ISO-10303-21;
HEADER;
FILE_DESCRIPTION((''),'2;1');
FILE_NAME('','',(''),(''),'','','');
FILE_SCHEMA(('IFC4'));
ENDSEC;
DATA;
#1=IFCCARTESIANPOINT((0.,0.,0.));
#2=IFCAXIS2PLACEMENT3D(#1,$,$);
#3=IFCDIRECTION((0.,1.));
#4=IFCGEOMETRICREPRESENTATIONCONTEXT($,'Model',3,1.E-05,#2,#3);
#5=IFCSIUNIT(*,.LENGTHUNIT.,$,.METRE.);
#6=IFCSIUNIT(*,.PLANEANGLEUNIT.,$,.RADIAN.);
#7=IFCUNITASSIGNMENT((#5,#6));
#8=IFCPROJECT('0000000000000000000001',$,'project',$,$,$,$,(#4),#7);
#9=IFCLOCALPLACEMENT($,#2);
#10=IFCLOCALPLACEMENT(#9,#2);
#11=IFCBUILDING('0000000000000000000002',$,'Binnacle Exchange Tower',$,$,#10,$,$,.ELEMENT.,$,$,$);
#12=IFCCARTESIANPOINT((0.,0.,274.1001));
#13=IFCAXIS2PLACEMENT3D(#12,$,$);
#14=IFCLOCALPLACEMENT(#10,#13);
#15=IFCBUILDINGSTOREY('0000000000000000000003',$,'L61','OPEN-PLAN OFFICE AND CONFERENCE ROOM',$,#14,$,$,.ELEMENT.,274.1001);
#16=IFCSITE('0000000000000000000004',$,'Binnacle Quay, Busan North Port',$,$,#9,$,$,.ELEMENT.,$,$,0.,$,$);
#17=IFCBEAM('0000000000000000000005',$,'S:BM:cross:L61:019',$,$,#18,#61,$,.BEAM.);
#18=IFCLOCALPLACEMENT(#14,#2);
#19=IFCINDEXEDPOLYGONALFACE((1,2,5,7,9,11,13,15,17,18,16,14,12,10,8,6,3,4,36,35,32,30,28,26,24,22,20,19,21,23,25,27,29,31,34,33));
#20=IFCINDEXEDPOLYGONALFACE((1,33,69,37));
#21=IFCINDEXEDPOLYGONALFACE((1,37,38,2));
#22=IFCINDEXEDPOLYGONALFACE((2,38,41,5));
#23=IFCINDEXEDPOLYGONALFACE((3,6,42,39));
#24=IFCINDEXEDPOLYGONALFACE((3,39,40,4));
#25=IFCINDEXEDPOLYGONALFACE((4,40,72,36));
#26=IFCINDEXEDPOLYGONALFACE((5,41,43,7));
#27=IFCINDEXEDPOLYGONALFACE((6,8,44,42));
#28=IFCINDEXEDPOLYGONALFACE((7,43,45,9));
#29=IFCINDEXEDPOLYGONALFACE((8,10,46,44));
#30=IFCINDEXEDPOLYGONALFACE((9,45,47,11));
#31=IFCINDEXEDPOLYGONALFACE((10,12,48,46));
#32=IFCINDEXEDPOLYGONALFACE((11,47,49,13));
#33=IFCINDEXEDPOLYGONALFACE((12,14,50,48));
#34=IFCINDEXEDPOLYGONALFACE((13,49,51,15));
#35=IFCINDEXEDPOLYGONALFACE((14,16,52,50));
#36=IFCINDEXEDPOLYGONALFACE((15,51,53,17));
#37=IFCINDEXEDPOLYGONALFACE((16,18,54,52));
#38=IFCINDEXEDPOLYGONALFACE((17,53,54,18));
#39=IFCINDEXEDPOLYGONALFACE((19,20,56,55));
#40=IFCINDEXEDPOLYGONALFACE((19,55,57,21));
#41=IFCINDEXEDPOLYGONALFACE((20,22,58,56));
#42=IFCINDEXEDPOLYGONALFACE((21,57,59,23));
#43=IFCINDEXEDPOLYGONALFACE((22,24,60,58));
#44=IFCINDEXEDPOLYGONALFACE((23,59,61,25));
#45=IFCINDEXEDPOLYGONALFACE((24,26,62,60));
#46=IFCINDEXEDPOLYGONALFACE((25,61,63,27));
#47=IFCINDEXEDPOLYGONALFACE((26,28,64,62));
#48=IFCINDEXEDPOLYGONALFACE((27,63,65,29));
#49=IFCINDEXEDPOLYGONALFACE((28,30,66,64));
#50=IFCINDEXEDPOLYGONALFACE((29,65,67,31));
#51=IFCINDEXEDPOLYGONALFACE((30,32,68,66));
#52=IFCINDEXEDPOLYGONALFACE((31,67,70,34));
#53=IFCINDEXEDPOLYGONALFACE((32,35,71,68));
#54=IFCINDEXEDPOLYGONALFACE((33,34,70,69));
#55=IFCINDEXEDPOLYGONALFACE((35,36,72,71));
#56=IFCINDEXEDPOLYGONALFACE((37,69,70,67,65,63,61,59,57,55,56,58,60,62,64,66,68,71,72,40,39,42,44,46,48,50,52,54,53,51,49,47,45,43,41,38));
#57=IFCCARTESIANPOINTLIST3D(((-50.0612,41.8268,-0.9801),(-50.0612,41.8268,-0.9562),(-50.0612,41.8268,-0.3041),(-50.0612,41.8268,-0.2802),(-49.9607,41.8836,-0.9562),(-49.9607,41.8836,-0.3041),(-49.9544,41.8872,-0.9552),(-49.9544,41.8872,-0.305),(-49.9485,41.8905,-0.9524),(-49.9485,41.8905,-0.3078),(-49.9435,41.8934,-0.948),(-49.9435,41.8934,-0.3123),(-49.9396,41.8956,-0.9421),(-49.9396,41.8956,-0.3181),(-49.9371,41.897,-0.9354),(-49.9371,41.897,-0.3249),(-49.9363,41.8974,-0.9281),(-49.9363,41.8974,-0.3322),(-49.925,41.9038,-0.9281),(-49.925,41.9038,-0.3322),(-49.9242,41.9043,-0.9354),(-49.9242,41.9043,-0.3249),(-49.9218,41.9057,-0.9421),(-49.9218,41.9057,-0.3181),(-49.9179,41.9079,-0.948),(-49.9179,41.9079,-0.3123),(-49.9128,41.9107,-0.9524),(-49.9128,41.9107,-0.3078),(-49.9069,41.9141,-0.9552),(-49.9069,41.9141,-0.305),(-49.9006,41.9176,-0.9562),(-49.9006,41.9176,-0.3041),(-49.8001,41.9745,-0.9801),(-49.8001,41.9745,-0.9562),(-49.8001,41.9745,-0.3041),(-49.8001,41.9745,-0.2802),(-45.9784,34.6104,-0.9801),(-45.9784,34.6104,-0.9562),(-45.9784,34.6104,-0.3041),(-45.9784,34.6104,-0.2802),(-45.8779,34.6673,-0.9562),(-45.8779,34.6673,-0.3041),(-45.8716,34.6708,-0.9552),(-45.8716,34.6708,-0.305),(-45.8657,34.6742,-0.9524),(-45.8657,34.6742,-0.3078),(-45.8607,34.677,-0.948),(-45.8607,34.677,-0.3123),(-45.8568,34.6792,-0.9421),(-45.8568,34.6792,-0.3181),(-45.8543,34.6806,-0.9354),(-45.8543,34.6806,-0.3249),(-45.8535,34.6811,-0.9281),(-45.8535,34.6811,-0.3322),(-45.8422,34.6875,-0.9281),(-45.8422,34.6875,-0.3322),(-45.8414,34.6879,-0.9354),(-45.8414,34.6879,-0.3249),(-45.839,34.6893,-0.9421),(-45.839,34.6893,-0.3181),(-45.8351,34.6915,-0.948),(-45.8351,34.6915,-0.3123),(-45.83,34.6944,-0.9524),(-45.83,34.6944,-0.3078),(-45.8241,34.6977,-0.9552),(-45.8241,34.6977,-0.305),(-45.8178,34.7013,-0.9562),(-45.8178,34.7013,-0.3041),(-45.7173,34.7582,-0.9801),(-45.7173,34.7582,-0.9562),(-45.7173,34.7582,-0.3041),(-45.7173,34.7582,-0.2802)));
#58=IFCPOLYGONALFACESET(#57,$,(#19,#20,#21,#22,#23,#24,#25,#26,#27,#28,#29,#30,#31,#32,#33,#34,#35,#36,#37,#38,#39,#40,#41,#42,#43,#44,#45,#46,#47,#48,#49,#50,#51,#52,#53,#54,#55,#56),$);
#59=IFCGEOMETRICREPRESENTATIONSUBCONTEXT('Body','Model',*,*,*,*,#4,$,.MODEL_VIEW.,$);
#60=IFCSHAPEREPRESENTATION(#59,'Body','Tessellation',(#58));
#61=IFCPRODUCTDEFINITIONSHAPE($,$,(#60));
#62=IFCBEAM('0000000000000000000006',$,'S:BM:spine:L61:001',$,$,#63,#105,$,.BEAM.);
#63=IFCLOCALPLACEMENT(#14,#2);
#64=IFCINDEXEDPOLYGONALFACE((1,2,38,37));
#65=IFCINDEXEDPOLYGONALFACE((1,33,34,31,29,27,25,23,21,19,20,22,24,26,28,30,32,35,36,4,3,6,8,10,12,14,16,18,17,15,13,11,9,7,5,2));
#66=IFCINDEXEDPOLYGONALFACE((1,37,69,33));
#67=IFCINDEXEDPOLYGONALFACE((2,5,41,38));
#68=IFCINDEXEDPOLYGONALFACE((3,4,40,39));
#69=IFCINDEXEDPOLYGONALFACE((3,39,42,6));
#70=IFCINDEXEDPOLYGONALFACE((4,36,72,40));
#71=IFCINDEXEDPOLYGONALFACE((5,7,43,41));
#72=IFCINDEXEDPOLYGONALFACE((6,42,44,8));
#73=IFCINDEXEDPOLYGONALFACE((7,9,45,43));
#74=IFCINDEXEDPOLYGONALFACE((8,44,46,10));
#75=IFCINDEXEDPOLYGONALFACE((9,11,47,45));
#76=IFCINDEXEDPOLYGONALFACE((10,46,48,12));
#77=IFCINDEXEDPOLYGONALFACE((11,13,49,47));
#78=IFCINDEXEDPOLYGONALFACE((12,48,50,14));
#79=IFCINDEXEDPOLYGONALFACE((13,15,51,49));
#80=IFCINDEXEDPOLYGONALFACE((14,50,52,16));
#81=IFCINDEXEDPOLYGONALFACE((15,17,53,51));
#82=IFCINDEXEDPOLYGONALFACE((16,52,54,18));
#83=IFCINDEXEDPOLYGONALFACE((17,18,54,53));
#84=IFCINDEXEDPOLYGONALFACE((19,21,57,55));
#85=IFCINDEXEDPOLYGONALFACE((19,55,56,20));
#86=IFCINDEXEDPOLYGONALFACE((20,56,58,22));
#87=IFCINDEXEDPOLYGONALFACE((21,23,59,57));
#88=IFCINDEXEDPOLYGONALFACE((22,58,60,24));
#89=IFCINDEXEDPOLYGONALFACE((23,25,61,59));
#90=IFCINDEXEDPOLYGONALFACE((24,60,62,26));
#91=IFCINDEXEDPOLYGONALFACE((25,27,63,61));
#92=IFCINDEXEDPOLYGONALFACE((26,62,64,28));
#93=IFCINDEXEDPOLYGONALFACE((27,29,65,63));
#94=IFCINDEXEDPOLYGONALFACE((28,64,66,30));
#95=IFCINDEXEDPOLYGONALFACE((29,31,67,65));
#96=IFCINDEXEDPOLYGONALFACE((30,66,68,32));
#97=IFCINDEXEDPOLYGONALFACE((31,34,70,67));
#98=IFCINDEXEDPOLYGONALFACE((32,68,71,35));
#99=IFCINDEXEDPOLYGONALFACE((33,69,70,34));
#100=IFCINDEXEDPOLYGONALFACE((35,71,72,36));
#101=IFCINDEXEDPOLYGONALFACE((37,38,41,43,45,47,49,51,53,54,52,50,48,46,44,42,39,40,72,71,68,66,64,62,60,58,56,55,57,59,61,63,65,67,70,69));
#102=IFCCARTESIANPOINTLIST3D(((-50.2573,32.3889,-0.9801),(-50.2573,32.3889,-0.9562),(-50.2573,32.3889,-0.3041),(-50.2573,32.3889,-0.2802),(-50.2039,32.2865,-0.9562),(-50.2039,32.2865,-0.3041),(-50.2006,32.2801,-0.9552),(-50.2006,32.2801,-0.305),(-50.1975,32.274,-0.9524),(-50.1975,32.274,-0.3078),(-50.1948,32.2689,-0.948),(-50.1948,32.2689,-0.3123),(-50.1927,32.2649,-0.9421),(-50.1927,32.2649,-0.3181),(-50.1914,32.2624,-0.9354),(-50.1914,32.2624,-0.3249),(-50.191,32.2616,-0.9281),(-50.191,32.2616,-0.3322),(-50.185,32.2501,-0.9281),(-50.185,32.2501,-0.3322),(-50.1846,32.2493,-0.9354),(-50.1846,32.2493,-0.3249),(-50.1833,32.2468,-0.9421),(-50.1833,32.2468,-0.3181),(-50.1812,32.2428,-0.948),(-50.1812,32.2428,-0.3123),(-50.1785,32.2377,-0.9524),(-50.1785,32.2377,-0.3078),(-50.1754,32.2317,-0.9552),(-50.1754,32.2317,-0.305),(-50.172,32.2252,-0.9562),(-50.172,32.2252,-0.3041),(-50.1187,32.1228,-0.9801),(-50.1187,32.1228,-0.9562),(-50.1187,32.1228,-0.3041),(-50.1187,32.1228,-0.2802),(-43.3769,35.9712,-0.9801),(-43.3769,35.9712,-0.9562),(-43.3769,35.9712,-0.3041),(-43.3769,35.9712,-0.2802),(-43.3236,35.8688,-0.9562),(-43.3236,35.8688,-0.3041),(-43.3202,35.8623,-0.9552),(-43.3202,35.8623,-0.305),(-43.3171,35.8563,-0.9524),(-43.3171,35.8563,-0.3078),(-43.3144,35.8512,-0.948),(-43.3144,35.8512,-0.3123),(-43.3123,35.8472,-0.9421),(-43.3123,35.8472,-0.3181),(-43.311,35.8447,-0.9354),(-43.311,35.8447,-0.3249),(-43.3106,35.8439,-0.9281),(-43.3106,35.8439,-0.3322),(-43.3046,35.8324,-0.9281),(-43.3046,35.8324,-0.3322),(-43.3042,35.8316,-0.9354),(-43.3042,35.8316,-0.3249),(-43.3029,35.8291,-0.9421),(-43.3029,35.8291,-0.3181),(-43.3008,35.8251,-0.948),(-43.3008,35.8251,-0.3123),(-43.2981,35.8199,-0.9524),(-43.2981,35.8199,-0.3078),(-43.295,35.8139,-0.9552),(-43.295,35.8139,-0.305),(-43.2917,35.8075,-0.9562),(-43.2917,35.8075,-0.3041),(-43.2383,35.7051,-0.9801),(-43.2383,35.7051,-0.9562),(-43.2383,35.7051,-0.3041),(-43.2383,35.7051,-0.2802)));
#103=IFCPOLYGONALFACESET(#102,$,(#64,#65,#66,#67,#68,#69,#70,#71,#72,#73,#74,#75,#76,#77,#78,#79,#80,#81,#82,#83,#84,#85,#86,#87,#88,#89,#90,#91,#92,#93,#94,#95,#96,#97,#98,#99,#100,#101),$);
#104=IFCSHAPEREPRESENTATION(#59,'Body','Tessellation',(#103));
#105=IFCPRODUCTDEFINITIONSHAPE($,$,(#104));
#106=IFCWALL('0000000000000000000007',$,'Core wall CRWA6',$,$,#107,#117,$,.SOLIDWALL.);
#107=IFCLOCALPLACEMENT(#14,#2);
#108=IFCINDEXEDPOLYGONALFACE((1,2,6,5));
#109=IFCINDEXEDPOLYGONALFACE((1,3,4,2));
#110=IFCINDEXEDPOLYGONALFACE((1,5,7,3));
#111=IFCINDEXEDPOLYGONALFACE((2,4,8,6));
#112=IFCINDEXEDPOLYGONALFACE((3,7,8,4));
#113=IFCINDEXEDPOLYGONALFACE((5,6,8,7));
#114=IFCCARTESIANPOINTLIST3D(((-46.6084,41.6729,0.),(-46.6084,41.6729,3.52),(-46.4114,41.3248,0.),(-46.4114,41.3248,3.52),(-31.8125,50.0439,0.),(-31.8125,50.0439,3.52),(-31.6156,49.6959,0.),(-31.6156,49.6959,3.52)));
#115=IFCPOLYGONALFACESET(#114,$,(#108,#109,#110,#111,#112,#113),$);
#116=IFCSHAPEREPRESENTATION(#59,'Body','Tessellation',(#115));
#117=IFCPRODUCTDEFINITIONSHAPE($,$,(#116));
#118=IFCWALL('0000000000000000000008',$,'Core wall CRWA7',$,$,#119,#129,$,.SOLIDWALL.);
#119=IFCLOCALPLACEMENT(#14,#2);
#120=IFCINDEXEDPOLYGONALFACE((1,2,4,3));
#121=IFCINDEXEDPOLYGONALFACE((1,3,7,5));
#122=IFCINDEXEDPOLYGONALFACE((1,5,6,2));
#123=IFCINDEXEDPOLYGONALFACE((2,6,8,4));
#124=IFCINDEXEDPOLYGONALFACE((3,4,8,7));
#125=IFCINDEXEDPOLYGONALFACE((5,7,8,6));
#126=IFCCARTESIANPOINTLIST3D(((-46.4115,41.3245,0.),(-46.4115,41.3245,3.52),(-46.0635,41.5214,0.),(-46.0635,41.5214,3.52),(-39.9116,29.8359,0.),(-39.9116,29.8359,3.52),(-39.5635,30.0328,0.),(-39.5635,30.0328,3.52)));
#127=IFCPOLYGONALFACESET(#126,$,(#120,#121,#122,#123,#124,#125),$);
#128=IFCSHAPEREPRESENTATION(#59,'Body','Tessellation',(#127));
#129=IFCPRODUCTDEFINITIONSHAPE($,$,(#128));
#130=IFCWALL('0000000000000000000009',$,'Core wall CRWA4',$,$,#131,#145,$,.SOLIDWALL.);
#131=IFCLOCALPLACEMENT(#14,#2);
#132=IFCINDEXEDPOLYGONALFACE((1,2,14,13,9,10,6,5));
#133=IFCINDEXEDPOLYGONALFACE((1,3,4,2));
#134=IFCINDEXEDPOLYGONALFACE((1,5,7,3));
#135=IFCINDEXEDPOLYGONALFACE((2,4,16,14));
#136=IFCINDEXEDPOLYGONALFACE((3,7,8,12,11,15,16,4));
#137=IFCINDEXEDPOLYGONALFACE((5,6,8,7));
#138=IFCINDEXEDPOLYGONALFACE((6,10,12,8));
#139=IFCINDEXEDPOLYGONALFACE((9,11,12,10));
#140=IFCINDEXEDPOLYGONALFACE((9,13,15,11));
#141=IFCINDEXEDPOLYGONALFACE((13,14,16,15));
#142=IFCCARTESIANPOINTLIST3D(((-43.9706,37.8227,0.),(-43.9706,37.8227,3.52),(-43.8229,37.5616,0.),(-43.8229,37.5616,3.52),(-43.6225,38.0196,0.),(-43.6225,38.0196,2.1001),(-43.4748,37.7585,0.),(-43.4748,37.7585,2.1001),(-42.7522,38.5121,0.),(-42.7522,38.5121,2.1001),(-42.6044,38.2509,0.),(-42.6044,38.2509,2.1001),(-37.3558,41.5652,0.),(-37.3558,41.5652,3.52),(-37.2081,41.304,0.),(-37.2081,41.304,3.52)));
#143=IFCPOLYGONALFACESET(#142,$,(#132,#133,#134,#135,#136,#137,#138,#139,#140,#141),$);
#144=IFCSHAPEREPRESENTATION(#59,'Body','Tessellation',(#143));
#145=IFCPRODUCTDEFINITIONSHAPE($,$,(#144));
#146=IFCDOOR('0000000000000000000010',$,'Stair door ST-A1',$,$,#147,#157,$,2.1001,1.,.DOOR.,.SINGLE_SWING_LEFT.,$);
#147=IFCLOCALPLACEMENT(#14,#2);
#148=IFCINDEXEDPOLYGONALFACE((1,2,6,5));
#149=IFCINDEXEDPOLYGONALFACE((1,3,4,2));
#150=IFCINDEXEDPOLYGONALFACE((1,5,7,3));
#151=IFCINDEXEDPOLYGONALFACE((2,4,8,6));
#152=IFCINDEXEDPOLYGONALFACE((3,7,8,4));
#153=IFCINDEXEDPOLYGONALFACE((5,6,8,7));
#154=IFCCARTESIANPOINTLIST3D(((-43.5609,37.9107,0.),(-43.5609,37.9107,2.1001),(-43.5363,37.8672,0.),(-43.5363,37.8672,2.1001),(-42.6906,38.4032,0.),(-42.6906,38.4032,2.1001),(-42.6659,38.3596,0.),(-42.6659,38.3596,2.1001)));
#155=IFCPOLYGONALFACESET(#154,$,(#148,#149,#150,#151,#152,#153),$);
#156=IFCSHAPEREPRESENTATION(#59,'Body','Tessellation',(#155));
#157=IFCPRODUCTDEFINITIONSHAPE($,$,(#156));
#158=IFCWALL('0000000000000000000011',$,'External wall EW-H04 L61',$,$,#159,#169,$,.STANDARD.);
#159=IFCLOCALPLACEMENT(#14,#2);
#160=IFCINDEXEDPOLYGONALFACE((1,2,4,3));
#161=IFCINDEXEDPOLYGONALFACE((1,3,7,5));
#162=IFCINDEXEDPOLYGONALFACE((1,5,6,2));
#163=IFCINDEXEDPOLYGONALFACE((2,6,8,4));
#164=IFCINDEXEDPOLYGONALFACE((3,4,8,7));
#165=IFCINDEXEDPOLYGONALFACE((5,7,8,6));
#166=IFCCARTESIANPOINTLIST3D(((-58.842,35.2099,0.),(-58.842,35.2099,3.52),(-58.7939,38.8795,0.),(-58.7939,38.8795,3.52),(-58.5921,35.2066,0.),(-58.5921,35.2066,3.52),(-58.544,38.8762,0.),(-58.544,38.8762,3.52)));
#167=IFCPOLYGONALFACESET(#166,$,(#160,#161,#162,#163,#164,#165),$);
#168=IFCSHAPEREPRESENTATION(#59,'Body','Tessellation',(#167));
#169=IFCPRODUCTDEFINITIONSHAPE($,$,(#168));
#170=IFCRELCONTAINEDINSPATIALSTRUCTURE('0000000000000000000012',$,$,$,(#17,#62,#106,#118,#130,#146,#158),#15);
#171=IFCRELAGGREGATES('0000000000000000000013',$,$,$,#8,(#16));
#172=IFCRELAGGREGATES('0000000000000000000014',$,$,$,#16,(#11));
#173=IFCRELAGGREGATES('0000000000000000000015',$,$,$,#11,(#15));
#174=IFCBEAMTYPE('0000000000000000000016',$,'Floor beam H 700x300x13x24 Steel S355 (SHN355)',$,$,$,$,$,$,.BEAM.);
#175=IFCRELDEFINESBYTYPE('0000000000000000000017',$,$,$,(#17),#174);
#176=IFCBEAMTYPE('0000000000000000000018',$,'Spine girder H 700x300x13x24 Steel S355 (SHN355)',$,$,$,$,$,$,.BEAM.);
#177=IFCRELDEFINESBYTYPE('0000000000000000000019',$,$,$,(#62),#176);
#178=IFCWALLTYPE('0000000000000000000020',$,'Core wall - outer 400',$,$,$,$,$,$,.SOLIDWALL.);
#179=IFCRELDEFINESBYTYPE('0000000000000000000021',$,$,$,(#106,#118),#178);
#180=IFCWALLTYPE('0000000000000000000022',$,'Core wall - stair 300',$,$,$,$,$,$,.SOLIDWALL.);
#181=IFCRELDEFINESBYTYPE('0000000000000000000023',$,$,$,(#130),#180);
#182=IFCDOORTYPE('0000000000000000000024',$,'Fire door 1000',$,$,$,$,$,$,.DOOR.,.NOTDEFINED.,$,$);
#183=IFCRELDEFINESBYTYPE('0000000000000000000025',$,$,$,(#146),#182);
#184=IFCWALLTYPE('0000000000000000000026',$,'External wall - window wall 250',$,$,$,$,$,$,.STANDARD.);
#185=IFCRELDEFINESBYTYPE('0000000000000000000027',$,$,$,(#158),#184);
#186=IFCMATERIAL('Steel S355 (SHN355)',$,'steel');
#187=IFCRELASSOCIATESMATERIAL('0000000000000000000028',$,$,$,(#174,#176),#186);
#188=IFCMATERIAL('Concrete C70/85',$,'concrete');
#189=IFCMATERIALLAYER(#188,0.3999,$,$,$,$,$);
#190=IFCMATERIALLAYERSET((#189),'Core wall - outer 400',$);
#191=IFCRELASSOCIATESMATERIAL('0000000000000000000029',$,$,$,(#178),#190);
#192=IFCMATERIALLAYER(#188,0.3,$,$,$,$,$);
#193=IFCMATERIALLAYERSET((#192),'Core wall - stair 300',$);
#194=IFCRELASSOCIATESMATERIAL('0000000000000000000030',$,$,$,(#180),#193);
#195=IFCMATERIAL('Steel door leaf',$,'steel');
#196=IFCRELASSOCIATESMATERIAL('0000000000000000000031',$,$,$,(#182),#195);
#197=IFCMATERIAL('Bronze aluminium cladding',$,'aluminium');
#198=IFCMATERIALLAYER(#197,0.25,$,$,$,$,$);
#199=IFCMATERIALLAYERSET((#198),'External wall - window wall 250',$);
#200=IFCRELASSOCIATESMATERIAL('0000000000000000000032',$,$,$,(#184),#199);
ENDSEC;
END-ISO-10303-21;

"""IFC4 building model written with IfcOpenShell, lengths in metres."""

from ifc_helpers import new_model, si_unit, direction, frame, frame_2d, origin, origin_2d, place, context, subcontext, project, spatial, rectangle, i_section, extrude, material, layer, layer_set, material_profile, profile_set, type_object, element, fill, save


model = new_model("IFC4")

# Units and contexts
model_context = context("Model", 3, precision=1e-05, world=origin(), true_north=direction((0.0, 1.0)))
body_context = subcontext(model_context, "Body", "Model", "MODEL_VIEW")
ifc_project = project(units=[si_unit("LENGTHUNIT", "METRE"), si_unit("PLANEANGLEUNIT", "RADIAN")], contexts=[model_context])

# Site, building, storey
site_placement = place(None, origin())
site = spatial("IfcSite", under=ifc_project, at=site_placement, Name="Binnacle Quay, Busan North Port", CompositionType="ELEMENT", RefElevation=0.0)
building_placement = place(site_placement, origin())
building = spatial("IfcBuilding", under=site, at=building_placement, Name="Binnacle Exchange Tower", CompositionType="ELEMENT")
storey_placement = place(building_placement, frame((0.0, 0.0, 274.1001)))
storey = spatial("IfcBuildingStorey", under=building, at=storey_placement, Name="L61", Description="OPEN-PLAN OFFICE AND CONFERENCE ROOM", CompositionType="ELEMENT", Elevation=274.1001)

# Beams
ifc_material_1 = material(Name="Steel S355 (SHN355)", Category="steel")
ifc_material_profile_1 = material_profile(ifc_material_1, i_section(OverallWidth=0.3, OverallDepth=0.7, WebThickness=0.0129, FlangeThickness=0.0239, FilletRadius=0.0281, at=origin_2d()), Name="H 700x300x13x24")
ifc_profile_set_1 = profile_set([ifc_material_profile_1], Name="Steel S355 (SHN355)")
beam_type_1 = type_object("IfcBeamType", Name="Floor beam H 700x300x13x24 Steel S355 (SHN355)", PredefinedType="BEAM", material=ifc_profile_set_1)
beam_1_placement = place(storey_placement, frame((-49.9307, 41.9006, -0.6301), z_axis=(0.492421, -0.870357, 0.0), x_axis=(0.870357, 0.492421, 0.0)))
element("IfcBeam", 1, at=beam_1_placement, inside=storey, type_object=beam_type_1, Name="S:BM:cross:L61:019", PredefinedType="BEAM", context=body_context, shape_type="SweptSolid", body=[
    extrude(i_section(OverallWidth=0.3, OverallDepth=0.7, WebThickness=0.0129, FlangeThickness=0.0239, FilletRadius=0.0281, at=origin_2d()), origin(), (0.0, 0.0, 1.0), 8.2913),
])
ifc_material_profile_2 = material_profile(ifc_material_1, i_section(OverallWidth=0.3, OverallDepth=0.7, WebThickness=0.0129, FlangeThickness=0.0239, FilletRadius=0.0281, at=origin_2d()), Name="H 700x300x13x24")
ifc_profile_set_2 = profile_set([ifc_material_profile_2], Name="Steel S355 (SHN355)")
beam_type_2 = type_object("IfcBeamType", Name="Spine girder H 700x300x13x24 Steel S355 (SHN355)", PredefinedType="BEAM", material=ifc_profile_set_2)
beam_2_placement = place(storey_placement, frame((-50.188, 32.2559, -0.6301), z_axis=(0.88698, 0.461808, 0.0), x_axis=(-0.461808, 0.88698, 0.0)))
element("IfcBeam", 2, at=beam_2_placement, inside=storey, type_object=beam_type_2, Name="S:BM:spine:L61:001", PredefinedType="BEAM", context=body_context, shape_type="SweptSolid", body=[
    extrude(i_section(OverallWidth=0.3, OverallDepth=0.7, WebThickness=0.0129, FlangeThickness=0.0239, FilletRadius=0.0281, at=origin_2d()), origin(), (0.0, 0.0, 1.0), 7.7571),
])

# Walls
ifc_material_2 = material(Name="Concrete C70/85", Category="concrete")
ifc_layer_1 = layer(ifc_material_2, 0.3999)
ifc_layer_set_1 = layer_set([ifc_layer_1], Name="Core wall - outer 400")
wall_type_1 = type_object("IfcWallType", Name="Core wall - outer 400", PredefinedType="SOLIDWALL", material=ifc_layer_set_1)
wall_1_placement = place(storey_placement, frame((-46.51, 41.4988, 0.0), z_axis=(0.0, 0.0, 1.0), x_axis=(0.870356, 0.492423, 0.0)))
element("IfcWall", 3, at=wall_1_placement, inside=storey, type_object=wall_type_1, Name="Core wall CRWA6", PredefinedType="SOLIDWALL", context=body_context, shape_type="SweptSolid", body=[
    extrude(rectangle(XDim=16.9998, YDim=0.3999, at=frame_2d((8.5, 0.0))), origin(), (0.0, 0.0, 1.0), 3.52),
])
wall_2_placement = place(storey_placement, frame((-46.2375, 41.4231, 0.0), z_axis=(0.0, 0.0, 1.0), x_axis=(0.492422, -0.870357, 0.0)))
element("IfcWall", 4, at=wall_2_placement, inside=storey, type_object=wall_type_1, Name="Core wall CRWA7", PredefinedType="SOLIDWALL", context=body_context, shape_type="SweptSolid", body=[
    extrude(rectangle(XDim=13.2, YDim=0.3999, at=frame_2d((6.6001, 0.0))), origin(), (0.0, 0.0, 1.0), 3.52),
])

# Wall, opening, door
ifc_layer_2 = layer(ifc_material_2, 0.3)
ifc_layer_set_2 = layer_set([ifc_layer_2], Name="Core wall - stair 300")
wall_type_2 = type_object("IfcWallType", Name="Core wall - stair 300", PredefinedType="SOLIDWALL", material=ifc_layer_set_2)
wall_3_placement = place(storey_placement, frame((-43.8967, 37.6921, 0.0), z_axis=(0.0, 0.0, 1.0), x_axis=(0.870356, 0.492422, 0.0)))
wall_3 = element("IfcWall", 5, at=wall_3_placement, inside=storey, type_object=wall_type_2, Name="Core wall CRWA4", PredefinedType="SOLIDWALL", context=body_context, shape_type="SweptSolid", body=[
    extrude(rectangle(XDim=7.6001, YDim=0.3, at=frame_2d((3.8, 0.0))), origin(), (0.0, 0.0, 1.0), 3.52),
])
opening_1_placement = place(wall_3_placement, frame((0.3999, 0.0, 0.0)))
opening_1 = element("IfcOpeningElement", 6, at=opening_1_placement, cuts=wall_3, PredefinedType="OPENING", context=body_context, shape_type="SweptSolid", body=[
    extrude(rectangle(XDim=1.0, YDim=2.1001, at=frame_2d((0.5, 1.05))), frame((0.0, 0.1599, 0.0), z_axis=(0.0, -1.0, 0.0), x_axis=(1.0, 0.0, 0.0)), (0.0, 0.0, 1.0), 0.3201),
])
ifc_material_3 = material(Name="Steel door leaf", Category="steel")
door_type_1 = type_object("IfcDoorType", Name="Fire door 1000", OperationType="NOTDEFINED", PredefinedType="DOOR", material=ifc_material_3)
door_1_placement = place(opening_1_placement, origin())
door_1 = element("IfcDoor", 7, at=door_1_placement, inside=storey, type_object=door_type_1, Name="Stair door ST-A1", OperationType="SINGLE_SWING_LEFT", OverallHeight=2.1001, OverallWidth=1.0, PredefinedType="DOOR", context=body_context, shape_type="SweptSolid", body=[
    extrude(rectangle(XDim=1.0, YDim=2.1001, at=frame_2d((0.5, 1.05))), frame((0.0, 0.0249, 0.0), z_axis=(0.0, -1.0, 0.0), x_axis=(1.0, 0.0, 0.0)), (0.0, 0.0, 1.0), 0.05),
])
fill(opening_1, door_1)

# Wall
ifc_material_4 = material(Name="Bronze aluminium cladding", Category="aluminium")
ifc_layer_3 = layer(ifc_material_4, 0.25)
ifc_layer_set_3 = layer_set([ifc_layer_3], Name="External wall - window wall 250")
wall_type_3 = type_object("IfcWallType", Name="External wall - window wall 250", PredefinedType="STANDARD", material=ifc_layer_set_3)
wall_4_placement = place(storey_placement, frame((-58.717, 35.2083, 0.0), z_axis=(0.0, 0.0, 1.0), x_axis=(0.013105, 0.999914, 0.0)))
element("IfcWall", 8, at=wall_4_placement, inside=storey, type_object=wall_type_3, Name="External wall EW-H04 L61", PredefinedType="STANDARD", context=body_context, shape_type="SweptSolid", body=[
    extrude(rectangle(XDim=3.6699, YDim=0.25, at=frame_2d((1.835, 0.0))), origin(), (0.0, 0.0, 1.0), 3.52),
])

save(model, "model.ifc")
